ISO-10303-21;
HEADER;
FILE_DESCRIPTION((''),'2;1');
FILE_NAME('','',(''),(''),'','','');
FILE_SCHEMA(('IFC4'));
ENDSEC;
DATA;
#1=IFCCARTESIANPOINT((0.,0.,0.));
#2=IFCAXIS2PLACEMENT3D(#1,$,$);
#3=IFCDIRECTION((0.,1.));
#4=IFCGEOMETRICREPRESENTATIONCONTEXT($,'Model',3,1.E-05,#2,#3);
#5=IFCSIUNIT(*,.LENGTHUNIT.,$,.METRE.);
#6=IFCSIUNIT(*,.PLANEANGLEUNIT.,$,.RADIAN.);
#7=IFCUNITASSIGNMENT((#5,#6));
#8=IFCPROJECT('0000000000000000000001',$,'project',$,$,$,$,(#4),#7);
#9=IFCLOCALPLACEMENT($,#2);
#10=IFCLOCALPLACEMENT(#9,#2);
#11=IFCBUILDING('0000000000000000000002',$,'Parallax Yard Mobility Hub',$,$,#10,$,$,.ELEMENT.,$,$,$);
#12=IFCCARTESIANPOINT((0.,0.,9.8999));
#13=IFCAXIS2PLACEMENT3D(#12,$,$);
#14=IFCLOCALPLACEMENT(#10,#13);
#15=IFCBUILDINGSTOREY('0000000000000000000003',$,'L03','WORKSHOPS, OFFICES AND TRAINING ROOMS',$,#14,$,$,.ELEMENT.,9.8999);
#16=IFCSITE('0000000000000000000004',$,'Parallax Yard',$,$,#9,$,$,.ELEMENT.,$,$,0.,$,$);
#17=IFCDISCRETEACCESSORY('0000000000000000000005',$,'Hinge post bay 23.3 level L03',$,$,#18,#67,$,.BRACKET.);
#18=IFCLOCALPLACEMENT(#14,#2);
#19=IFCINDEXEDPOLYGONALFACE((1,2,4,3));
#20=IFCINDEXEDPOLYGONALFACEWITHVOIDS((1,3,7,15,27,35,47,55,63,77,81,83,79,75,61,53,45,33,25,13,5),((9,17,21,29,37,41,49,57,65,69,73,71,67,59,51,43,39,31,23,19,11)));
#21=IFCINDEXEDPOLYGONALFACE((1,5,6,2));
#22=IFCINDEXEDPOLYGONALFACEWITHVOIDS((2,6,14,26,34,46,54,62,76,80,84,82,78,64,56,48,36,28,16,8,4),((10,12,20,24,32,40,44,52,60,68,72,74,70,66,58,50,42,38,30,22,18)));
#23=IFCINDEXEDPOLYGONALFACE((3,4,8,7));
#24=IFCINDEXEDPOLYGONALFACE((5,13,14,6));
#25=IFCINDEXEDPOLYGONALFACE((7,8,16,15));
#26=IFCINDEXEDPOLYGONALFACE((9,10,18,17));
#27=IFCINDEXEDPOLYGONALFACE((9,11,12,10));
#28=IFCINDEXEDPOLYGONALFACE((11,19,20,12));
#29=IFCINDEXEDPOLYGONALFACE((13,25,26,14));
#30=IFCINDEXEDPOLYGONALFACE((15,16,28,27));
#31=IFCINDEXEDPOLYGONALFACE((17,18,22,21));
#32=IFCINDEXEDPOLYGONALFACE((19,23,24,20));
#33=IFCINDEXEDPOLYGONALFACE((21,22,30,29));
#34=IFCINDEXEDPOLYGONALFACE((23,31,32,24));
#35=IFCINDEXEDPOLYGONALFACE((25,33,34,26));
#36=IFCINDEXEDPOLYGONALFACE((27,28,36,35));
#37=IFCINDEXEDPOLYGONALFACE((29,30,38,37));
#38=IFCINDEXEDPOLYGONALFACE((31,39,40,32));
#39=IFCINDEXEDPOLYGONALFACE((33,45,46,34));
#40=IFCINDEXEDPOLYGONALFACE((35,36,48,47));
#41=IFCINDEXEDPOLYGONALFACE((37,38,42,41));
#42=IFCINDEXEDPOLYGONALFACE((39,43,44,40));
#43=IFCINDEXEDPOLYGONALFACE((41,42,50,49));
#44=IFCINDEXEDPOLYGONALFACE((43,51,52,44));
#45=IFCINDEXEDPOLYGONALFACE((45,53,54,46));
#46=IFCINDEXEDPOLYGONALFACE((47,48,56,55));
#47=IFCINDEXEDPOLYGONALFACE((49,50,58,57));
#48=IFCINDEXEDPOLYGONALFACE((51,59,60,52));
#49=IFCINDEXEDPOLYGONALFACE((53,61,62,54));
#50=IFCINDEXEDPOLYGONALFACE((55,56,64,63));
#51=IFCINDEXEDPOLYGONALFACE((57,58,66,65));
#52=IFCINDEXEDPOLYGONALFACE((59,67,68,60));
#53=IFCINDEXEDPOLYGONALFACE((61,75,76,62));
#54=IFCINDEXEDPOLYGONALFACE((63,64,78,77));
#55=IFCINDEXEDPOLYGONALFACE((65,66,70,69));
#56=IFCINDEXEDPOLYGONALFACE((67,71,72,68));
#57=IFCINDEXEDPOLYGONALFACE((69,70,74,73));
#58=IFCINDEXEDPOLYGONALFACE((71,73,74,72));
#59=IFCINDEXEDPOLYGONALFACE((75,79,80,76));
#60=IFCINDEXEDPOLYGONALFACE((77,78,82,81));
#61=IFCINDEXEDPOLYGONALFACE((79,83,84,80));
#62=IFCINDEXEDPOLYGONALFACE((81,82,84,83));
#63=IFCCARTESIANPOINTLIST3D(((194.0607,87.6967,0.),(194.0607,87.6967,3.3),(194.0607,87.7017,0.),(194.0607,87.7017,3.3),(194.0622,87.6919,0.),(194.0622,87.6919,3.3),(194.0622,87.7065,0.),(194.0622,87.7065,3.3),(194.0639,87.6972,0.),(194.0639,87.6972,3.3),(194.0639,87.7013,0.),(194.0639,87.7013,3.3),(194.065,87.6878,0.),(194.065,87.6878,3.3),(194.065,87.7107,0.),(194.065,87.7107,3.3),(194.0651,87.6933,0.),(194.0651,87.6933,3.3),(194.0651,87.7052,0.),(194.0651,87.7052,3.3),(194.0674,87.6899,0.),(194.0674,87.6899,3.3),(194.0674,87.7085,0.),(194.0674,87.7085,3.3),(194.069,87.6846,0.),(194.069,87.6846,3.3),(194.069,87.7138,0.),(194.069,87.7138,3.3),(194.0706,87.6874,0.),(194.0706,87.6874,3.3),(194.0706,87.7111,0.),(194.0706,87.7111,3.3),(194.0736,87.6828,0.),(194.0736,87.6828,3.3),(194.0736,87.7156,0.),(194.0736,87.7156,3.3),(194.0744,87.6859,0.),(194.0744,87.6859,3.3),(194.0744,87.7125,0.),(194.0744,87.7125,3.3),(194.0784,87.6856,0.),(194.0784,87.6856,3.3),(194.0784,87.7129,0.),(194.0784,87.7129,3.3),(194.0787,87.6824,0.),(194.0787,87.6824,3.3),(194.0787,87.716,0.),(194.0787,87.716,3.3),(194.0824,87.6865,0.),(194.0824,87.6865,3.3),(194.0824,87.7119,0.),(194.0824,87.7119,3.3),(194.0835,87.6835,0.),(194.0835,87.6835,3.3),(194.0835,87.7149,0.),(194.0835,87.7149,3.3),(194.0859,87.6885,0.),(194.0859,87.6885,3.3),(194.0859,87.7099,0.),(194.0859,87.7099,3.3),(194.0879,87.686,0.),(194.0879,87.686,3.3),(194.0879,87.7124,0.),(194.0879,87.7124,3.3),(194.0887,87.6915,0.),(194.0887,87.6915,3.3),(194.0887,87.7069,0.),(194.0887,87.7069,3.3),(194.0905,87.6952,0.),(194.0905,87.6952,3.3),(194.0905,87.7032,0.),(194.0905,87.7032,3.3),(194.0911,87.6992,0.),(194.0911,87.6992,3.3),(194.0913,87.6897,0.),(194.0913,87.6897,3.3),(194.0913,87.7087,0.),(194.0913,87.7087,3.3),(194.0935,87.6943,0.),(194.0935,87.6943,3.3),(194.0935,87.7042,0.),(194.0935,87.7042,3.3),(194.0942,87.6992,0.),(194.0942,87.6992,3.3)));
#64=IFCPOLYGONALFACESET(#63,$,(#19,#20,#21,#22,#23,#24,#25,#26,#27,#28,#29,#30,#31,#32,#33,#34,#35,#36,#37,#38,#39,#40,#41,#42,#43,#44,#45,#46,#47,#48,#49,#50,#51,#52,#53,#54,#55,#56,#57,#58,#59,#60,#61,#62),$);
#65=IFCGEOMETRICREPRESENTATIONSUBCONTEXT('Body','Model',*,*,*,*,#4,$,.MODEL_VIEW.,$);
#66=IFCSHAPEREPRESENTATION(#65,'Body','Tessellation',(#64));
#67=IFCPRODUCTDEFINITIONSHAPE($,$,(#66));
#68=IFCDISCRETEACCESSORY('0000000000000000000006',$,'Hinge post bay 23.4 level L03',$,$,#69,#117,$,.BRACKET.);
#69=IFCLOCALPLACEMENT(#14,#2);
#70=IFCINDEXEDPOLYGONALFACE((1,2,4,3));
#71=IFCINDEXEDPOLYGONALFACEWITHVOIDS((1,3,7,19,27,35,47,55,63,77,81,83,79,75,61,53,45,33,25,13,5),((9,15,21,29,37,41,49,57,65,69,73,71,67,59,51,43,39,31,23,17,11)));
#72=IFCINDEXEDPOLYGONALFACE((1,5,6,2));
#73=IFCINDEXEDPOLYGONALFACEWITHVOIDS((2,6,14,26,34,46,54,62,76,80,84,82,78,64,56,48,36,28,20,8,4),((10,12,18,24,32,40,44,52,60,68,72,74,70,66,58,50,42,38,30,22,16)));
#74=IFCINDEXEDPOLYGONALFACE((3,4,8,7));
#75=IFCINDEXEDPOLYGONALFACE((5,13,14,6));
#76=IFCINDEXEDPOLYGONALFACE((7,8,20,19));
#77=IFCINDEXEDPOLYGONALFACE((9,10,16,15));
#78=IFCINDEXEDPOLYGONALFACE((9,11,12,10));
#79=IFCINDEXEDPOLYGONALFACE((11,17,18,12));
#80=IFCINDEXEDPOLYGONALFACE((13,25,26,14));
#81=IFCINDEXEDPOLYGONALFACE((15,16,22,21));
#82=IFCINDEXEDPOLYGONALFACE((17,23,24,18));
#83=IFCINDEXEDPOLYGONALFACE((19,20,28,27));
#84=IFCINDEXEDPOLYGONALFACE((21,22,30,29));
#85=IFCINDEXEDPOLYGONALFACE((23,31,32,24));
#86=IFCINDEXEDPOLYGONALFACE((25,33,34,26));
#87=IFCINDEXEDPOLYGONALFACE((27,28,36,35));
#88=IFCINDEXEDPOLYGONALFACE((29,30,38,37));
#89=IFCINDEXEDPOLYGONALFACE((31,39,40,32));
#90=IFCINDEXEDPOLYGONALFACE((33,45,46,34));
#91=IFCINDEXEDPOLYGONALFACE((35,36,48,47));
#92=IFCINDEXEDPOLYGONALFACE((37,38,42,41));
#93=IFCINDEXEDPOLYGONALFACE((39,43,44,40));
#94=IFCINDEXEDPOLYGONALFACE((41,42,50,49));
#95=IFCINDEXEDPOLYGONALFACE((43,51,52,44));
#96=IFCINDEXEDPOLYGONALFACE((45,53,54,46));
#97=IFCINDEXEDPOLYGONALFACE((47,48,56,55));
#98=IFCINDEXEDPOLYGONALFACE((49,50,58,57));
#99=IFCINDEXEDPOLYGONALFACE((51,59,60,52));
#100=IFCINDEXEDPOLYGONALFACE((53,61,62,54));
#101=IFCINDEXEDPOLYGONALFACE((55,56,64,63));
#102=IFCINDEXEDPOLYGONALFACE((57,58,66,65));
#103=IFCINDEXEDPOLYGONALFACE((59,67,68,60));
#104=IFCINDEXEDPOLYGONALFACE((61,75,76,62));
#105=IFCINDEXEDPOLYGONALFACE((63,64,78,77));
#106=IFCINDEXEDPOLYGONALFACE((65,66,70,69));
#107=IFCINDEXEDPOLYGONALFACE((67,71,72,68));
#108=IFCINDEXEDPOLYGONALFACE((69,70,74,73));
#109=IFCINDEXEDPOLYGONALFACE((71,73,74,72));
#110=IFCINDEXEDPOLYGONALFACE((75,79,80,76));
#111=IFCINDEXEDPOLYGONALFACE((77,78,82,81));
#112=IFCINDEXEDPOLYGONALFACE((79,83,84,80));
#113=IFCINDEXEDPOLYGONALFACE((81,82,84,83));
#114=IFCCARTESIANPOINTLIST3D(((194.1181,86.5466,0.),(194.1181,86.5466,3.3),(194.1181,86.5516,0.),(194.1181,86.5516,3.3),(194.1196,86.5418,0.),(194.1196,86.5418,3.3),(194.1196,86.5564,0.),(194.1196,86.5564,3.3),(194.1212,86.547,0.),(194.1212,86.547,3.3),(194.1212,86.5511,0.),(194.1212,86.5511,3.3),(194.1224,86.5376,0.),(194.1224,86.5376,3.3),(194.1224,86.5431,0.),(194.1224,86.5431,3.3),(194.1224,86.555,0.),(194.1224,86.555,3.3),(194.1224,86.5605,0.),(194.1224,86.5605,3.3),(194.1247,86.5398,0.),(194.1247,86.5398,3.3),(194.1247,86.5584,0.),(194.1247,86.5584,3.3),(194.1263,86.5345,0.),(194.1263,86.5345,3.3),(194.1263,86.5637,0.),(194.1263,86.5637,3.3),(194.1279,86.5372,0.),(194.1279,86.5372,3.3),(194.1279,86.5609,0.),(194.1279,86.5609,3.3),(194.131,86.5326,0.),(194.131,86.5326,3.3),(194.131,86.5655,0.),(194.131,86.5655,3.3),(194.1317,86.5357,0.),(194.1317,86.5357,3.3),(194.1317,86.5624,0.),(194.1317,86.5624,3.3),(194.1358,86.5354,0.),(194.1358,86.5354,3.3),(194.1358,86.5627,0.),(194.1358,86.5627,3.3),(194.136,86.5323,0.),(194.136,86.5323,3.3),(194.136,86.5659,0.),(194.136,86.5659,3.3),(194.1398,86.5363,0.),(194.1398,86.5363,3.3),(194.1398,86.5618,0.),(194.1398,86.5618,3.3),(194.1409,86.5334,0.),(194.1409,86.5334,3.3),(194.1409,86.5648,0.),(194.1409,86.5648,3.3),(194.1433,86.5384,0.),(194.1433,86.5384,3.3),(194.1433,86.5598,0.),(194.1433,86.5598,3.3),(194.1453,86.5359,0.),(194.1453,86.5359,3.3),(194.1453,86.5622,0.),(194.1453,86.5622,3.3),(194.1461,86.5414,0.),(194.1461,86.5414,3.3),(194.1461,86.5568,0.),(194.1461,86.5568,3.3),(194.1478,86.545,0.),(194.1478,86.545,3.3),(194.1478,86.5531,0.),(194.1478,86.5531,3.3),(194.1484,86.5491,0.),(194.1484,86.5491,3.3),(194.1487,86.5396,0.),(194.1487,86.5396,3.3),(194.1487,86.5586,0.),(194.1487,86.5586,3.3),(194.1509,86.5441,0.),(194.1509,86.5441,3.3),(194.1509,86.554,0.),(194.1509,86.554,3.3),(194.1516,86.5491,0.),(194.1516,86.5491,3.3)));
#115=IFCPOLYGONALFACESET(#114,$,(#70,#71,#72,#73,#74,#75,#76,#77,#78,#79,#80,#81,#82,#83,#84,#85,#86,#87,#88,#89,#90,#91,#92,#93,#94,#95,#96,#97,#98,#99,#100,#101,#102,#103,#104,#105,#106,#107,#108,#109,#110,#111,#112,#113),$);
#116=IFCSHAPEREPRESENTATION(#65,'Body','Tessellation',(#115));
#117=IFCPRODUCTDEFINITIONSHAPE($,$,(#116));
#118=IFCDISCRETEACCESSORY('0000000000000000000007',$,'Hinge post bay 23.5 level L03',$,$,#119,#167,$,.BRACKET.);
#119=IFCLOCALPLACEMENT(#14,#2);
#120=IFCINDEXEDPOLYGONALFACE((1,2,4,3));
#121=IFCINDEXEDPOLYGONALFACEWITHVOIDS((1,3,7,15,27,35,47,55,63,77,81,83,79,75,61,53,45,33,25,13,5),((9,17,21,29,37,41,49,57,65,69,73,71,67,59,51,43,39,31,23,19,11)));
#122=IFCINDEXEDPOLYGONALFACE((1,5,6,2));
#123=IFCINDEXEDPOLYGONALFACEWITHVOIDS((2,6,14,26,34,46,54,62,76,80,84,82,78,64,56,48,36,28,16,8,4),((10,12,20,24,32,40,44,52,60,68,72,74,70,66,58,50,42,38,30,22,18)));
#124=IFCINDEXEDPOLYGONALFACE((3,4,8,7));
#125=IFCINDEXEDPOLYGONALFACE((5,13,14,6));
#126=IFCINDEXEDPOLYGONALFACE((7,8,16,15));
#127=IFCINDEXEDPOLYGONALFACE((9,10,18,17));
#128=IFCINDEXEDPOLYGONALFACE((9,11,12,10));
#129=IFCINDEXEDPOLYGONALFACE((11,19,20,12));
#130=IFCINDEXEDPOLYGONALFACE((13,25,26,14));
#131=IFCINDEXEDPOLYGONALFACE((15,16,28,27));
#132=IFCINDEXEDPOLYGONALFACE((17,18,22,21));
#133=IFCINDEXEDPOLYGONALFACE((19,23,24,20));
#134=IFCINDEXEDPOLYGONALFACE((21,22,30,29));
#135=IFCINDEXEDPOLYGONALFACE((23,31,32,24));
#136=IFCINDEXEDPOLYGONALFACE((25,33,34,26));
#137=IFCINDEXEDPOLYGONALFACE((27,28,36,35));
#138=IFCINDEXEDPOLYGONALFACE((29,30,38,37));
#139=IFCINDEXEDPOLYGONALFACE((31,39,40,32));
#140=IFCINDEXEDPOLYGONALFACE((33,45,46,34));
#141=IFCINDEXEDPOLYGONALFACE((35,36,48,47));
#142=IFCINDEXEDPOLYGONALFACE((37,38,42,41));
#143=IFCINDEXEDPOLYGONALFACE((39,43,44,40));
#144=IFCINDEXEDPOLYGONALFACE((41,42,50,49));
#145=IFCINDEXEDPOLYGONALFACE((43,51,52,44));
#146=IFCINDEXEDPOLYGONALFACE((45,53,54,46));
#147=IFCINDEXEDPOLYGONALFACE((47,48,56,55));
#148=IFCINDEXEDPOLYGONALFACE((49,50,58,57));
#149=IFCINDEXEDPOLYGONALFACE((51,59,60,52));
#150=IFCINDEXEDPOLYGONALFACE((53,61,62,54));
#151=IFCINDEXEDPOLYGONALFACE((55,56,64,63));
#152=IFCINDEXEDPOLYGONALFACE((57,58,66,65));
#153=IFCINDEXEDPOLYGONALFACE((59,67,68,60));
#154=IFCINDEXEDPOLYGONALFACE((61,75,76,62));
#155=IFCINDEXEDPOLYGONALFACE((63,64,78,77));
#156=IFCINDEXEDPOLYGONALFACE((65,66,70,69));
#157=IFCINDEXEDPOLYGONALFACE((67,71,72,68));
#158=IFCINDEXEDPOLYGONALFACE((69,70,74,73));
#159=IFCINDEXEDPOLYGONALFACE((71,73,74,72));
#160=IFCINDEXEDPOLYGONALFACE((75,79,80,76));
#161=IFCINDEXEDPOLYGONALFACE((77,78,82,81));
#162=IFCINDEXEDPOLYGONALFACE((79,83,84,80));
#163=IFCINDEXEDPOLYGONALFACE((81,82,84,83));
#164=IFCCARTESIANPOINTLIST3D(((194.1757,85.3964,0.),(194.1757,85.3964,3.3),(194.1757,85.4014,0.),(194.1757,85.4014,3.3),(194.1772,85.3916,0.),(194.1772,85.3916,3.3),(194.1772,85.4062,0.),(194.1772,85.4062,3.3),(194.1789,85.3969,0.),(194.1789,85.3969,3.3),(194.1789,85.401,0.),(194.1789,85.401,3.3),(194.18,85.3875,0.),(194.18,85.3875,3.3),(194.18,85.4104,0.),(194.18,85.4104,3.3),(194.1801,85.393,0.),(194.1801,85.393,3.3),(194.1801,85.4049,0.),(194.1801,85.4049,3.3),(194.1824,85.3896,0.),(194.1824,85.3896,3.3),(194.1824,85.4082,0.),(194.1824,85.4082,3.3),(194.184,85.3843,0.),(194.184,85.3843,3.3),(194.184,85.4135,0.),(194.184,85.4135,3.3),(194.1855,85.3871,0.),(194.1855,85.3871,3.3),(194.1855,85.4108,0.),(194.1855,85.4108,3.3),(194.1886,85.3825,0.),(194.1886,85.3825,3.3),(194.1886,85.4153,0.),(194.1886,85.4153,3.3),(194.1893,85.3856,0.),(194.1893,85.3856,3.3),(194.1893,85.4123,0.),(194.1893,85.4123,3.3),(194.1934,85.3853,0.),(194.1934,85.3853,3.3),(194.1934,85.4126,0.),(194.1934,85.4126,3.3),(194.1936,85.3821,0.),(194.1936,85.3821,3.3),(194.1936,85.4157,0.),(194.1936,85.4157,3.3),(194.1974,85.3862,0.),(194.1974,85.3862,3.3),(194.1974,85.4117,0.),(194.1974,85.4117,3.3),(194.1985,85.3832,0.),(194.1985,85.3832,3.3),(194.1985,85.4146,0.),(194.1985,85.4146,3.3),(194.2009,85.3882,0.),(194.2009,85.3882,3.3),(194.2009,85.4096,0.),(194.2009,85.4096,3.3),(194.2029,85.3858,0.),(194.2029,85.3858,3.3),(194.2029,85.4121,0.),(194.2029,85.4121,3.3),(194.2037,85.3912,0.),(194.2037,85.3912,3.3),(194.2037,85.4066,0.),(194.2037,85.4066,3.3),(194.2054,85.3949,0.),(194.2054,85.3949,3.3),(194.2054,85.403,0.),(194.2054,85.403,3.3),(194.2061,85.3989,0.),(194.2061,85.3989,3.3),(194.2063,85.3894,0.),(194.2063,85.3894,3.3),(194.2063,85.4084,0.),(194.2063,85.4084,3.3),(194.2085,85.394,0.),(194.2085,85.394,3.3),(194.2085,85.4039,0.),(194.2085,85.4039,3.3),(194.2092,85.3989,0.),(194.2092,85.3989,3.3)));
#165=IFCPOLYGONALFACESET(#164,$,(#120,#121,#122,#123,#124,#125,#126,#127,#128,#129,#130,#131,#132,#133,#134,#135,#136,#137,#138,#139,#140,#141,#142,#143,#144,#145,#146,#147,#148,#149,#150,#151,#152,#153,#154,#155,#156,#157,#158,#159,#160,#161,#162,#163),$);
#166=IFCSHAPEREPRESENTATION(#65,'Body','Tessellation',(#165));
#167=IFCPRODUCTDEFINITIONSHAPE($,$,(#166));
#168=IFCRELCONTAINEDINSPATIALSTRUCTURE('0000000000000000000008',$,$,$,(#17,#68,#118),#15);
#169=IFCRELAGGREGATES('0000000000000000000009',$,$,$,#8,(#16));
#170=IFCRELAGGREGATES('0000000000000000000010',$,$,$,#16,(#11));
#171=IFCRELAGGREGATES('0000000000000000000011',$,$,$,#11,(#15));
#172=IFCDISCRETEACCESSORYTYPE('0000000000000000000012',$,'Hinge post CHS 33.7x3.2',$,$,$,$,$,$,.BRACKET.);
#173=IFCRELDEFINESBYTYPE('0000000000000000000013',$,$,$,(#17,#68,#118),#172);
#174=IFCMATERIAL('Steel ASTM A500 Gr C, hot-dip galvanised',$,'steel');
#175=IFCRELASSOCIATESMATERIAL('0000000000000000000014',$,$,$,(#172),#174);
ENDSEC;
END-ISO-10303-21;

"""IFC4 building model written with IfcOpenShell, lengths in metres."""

from ifc_helpers import new_model, si_unit, direction, frame, origin, origin_2d, place, context, subcontext, project, spatial, hollow_circle, extrude, material, material_profile, profile_set, type_object, element, save


model = new_model("IFC4")

# Units and contexts
model_context = context("Model", 3, precision=1e-05, world=origin(), true_north=direction((0.0, 1.0)))
body_context = subcontext(model_context, "Body", "Model", "MODEL_VIEW")
ifc_project = project(units=[si_unit("LENGTHUNIT", "METRE"), si_unit("PLANEANGLEUNIT", "RADIAN")], contexts=[model_context])

# Site, building, storey
site_placement = place(None, origin())
site = spatial("IfcSite", under=ifc_project, at=site_placement, Name="Parallax Yard", CompositionType="ELEMENT", RefElevation=0.0)
building_placement = place(site_placement, origin())
building = spatial("IfcBuilding", under=site, at=building_placement, Name="Parallax Yard Mobility Hub", CompositionType="ELEMENT")
storey_placement = place(building_placement, frame((0.0, 0.0, 9.8999)))
storey = spatial("IfcBuildingStorey", under=building, at=storey_placement, Name="L03", Description="WORKSHOPS, OFFICES AND TRAINING ROOMS", CompositionType="ELEMENT", Elevation=9.8999)

# Discrete accessories
ifc_material_1 = material(Name="Steel ASTM A500 Gr C, hot-dip galvanised", Category="steel")
ifc_material_profile_1 = material_profile(ifc_material_1, hollow_circle(Radius=0.0168, WallThickness=0.0032, at=origin_2d()), Name="CHS 33.7x3.2")
ifc_profile_set_1 = profile_set([ifc_material_profile_1], Name="Steel ASTM A500 Gr C, hot-dip galvanised")
discrete_accessory_type_1 = type_object("IfcDiscreteAccessoryType", Name="Hinge post CHS 33.7x3.2", PredefinedType="BRACKET", material=ifc_profile_set_1)
for number, where, z_axis, x_axis, name in (
    (1, (194.0774, 87.6992, 0.0), (0.0, 0.0, 1.0), (1.0, 0.0, 0.0), "Hinge post bay 23.3 level L03"),
    (2, (194.1348, 86.5491, 0.0), (0.0, 0.0, 1.0), (1.0, 0.0, 0.0), "Hinge post bay 23.4 level L03"),
    (3, (194.1924, 85.3989, 0.0), (0.0, 0.0, 1.0), (1.0, 0.0, 0.0), "Hinge post bay 23.5 level L03"),
):
    element("IfcDiscreteAccessory", number, at=place(storey_placement, frame(where, z_axis=z_axis, x_axis=x_axis)), inside=storey, type_object=discrete_accessory_type_1, Name=name, PredefinedType="BRACKET", context=body_context, shape_type="SweptSolid", body=[
        extrude(hollow_circle(Radius=0.0168, WallThickness=0.0032, at=origin_2d()), origin(), (0.0, 0.0, 1.0), 3.3),
    ])

save(model, "model.ifc")
